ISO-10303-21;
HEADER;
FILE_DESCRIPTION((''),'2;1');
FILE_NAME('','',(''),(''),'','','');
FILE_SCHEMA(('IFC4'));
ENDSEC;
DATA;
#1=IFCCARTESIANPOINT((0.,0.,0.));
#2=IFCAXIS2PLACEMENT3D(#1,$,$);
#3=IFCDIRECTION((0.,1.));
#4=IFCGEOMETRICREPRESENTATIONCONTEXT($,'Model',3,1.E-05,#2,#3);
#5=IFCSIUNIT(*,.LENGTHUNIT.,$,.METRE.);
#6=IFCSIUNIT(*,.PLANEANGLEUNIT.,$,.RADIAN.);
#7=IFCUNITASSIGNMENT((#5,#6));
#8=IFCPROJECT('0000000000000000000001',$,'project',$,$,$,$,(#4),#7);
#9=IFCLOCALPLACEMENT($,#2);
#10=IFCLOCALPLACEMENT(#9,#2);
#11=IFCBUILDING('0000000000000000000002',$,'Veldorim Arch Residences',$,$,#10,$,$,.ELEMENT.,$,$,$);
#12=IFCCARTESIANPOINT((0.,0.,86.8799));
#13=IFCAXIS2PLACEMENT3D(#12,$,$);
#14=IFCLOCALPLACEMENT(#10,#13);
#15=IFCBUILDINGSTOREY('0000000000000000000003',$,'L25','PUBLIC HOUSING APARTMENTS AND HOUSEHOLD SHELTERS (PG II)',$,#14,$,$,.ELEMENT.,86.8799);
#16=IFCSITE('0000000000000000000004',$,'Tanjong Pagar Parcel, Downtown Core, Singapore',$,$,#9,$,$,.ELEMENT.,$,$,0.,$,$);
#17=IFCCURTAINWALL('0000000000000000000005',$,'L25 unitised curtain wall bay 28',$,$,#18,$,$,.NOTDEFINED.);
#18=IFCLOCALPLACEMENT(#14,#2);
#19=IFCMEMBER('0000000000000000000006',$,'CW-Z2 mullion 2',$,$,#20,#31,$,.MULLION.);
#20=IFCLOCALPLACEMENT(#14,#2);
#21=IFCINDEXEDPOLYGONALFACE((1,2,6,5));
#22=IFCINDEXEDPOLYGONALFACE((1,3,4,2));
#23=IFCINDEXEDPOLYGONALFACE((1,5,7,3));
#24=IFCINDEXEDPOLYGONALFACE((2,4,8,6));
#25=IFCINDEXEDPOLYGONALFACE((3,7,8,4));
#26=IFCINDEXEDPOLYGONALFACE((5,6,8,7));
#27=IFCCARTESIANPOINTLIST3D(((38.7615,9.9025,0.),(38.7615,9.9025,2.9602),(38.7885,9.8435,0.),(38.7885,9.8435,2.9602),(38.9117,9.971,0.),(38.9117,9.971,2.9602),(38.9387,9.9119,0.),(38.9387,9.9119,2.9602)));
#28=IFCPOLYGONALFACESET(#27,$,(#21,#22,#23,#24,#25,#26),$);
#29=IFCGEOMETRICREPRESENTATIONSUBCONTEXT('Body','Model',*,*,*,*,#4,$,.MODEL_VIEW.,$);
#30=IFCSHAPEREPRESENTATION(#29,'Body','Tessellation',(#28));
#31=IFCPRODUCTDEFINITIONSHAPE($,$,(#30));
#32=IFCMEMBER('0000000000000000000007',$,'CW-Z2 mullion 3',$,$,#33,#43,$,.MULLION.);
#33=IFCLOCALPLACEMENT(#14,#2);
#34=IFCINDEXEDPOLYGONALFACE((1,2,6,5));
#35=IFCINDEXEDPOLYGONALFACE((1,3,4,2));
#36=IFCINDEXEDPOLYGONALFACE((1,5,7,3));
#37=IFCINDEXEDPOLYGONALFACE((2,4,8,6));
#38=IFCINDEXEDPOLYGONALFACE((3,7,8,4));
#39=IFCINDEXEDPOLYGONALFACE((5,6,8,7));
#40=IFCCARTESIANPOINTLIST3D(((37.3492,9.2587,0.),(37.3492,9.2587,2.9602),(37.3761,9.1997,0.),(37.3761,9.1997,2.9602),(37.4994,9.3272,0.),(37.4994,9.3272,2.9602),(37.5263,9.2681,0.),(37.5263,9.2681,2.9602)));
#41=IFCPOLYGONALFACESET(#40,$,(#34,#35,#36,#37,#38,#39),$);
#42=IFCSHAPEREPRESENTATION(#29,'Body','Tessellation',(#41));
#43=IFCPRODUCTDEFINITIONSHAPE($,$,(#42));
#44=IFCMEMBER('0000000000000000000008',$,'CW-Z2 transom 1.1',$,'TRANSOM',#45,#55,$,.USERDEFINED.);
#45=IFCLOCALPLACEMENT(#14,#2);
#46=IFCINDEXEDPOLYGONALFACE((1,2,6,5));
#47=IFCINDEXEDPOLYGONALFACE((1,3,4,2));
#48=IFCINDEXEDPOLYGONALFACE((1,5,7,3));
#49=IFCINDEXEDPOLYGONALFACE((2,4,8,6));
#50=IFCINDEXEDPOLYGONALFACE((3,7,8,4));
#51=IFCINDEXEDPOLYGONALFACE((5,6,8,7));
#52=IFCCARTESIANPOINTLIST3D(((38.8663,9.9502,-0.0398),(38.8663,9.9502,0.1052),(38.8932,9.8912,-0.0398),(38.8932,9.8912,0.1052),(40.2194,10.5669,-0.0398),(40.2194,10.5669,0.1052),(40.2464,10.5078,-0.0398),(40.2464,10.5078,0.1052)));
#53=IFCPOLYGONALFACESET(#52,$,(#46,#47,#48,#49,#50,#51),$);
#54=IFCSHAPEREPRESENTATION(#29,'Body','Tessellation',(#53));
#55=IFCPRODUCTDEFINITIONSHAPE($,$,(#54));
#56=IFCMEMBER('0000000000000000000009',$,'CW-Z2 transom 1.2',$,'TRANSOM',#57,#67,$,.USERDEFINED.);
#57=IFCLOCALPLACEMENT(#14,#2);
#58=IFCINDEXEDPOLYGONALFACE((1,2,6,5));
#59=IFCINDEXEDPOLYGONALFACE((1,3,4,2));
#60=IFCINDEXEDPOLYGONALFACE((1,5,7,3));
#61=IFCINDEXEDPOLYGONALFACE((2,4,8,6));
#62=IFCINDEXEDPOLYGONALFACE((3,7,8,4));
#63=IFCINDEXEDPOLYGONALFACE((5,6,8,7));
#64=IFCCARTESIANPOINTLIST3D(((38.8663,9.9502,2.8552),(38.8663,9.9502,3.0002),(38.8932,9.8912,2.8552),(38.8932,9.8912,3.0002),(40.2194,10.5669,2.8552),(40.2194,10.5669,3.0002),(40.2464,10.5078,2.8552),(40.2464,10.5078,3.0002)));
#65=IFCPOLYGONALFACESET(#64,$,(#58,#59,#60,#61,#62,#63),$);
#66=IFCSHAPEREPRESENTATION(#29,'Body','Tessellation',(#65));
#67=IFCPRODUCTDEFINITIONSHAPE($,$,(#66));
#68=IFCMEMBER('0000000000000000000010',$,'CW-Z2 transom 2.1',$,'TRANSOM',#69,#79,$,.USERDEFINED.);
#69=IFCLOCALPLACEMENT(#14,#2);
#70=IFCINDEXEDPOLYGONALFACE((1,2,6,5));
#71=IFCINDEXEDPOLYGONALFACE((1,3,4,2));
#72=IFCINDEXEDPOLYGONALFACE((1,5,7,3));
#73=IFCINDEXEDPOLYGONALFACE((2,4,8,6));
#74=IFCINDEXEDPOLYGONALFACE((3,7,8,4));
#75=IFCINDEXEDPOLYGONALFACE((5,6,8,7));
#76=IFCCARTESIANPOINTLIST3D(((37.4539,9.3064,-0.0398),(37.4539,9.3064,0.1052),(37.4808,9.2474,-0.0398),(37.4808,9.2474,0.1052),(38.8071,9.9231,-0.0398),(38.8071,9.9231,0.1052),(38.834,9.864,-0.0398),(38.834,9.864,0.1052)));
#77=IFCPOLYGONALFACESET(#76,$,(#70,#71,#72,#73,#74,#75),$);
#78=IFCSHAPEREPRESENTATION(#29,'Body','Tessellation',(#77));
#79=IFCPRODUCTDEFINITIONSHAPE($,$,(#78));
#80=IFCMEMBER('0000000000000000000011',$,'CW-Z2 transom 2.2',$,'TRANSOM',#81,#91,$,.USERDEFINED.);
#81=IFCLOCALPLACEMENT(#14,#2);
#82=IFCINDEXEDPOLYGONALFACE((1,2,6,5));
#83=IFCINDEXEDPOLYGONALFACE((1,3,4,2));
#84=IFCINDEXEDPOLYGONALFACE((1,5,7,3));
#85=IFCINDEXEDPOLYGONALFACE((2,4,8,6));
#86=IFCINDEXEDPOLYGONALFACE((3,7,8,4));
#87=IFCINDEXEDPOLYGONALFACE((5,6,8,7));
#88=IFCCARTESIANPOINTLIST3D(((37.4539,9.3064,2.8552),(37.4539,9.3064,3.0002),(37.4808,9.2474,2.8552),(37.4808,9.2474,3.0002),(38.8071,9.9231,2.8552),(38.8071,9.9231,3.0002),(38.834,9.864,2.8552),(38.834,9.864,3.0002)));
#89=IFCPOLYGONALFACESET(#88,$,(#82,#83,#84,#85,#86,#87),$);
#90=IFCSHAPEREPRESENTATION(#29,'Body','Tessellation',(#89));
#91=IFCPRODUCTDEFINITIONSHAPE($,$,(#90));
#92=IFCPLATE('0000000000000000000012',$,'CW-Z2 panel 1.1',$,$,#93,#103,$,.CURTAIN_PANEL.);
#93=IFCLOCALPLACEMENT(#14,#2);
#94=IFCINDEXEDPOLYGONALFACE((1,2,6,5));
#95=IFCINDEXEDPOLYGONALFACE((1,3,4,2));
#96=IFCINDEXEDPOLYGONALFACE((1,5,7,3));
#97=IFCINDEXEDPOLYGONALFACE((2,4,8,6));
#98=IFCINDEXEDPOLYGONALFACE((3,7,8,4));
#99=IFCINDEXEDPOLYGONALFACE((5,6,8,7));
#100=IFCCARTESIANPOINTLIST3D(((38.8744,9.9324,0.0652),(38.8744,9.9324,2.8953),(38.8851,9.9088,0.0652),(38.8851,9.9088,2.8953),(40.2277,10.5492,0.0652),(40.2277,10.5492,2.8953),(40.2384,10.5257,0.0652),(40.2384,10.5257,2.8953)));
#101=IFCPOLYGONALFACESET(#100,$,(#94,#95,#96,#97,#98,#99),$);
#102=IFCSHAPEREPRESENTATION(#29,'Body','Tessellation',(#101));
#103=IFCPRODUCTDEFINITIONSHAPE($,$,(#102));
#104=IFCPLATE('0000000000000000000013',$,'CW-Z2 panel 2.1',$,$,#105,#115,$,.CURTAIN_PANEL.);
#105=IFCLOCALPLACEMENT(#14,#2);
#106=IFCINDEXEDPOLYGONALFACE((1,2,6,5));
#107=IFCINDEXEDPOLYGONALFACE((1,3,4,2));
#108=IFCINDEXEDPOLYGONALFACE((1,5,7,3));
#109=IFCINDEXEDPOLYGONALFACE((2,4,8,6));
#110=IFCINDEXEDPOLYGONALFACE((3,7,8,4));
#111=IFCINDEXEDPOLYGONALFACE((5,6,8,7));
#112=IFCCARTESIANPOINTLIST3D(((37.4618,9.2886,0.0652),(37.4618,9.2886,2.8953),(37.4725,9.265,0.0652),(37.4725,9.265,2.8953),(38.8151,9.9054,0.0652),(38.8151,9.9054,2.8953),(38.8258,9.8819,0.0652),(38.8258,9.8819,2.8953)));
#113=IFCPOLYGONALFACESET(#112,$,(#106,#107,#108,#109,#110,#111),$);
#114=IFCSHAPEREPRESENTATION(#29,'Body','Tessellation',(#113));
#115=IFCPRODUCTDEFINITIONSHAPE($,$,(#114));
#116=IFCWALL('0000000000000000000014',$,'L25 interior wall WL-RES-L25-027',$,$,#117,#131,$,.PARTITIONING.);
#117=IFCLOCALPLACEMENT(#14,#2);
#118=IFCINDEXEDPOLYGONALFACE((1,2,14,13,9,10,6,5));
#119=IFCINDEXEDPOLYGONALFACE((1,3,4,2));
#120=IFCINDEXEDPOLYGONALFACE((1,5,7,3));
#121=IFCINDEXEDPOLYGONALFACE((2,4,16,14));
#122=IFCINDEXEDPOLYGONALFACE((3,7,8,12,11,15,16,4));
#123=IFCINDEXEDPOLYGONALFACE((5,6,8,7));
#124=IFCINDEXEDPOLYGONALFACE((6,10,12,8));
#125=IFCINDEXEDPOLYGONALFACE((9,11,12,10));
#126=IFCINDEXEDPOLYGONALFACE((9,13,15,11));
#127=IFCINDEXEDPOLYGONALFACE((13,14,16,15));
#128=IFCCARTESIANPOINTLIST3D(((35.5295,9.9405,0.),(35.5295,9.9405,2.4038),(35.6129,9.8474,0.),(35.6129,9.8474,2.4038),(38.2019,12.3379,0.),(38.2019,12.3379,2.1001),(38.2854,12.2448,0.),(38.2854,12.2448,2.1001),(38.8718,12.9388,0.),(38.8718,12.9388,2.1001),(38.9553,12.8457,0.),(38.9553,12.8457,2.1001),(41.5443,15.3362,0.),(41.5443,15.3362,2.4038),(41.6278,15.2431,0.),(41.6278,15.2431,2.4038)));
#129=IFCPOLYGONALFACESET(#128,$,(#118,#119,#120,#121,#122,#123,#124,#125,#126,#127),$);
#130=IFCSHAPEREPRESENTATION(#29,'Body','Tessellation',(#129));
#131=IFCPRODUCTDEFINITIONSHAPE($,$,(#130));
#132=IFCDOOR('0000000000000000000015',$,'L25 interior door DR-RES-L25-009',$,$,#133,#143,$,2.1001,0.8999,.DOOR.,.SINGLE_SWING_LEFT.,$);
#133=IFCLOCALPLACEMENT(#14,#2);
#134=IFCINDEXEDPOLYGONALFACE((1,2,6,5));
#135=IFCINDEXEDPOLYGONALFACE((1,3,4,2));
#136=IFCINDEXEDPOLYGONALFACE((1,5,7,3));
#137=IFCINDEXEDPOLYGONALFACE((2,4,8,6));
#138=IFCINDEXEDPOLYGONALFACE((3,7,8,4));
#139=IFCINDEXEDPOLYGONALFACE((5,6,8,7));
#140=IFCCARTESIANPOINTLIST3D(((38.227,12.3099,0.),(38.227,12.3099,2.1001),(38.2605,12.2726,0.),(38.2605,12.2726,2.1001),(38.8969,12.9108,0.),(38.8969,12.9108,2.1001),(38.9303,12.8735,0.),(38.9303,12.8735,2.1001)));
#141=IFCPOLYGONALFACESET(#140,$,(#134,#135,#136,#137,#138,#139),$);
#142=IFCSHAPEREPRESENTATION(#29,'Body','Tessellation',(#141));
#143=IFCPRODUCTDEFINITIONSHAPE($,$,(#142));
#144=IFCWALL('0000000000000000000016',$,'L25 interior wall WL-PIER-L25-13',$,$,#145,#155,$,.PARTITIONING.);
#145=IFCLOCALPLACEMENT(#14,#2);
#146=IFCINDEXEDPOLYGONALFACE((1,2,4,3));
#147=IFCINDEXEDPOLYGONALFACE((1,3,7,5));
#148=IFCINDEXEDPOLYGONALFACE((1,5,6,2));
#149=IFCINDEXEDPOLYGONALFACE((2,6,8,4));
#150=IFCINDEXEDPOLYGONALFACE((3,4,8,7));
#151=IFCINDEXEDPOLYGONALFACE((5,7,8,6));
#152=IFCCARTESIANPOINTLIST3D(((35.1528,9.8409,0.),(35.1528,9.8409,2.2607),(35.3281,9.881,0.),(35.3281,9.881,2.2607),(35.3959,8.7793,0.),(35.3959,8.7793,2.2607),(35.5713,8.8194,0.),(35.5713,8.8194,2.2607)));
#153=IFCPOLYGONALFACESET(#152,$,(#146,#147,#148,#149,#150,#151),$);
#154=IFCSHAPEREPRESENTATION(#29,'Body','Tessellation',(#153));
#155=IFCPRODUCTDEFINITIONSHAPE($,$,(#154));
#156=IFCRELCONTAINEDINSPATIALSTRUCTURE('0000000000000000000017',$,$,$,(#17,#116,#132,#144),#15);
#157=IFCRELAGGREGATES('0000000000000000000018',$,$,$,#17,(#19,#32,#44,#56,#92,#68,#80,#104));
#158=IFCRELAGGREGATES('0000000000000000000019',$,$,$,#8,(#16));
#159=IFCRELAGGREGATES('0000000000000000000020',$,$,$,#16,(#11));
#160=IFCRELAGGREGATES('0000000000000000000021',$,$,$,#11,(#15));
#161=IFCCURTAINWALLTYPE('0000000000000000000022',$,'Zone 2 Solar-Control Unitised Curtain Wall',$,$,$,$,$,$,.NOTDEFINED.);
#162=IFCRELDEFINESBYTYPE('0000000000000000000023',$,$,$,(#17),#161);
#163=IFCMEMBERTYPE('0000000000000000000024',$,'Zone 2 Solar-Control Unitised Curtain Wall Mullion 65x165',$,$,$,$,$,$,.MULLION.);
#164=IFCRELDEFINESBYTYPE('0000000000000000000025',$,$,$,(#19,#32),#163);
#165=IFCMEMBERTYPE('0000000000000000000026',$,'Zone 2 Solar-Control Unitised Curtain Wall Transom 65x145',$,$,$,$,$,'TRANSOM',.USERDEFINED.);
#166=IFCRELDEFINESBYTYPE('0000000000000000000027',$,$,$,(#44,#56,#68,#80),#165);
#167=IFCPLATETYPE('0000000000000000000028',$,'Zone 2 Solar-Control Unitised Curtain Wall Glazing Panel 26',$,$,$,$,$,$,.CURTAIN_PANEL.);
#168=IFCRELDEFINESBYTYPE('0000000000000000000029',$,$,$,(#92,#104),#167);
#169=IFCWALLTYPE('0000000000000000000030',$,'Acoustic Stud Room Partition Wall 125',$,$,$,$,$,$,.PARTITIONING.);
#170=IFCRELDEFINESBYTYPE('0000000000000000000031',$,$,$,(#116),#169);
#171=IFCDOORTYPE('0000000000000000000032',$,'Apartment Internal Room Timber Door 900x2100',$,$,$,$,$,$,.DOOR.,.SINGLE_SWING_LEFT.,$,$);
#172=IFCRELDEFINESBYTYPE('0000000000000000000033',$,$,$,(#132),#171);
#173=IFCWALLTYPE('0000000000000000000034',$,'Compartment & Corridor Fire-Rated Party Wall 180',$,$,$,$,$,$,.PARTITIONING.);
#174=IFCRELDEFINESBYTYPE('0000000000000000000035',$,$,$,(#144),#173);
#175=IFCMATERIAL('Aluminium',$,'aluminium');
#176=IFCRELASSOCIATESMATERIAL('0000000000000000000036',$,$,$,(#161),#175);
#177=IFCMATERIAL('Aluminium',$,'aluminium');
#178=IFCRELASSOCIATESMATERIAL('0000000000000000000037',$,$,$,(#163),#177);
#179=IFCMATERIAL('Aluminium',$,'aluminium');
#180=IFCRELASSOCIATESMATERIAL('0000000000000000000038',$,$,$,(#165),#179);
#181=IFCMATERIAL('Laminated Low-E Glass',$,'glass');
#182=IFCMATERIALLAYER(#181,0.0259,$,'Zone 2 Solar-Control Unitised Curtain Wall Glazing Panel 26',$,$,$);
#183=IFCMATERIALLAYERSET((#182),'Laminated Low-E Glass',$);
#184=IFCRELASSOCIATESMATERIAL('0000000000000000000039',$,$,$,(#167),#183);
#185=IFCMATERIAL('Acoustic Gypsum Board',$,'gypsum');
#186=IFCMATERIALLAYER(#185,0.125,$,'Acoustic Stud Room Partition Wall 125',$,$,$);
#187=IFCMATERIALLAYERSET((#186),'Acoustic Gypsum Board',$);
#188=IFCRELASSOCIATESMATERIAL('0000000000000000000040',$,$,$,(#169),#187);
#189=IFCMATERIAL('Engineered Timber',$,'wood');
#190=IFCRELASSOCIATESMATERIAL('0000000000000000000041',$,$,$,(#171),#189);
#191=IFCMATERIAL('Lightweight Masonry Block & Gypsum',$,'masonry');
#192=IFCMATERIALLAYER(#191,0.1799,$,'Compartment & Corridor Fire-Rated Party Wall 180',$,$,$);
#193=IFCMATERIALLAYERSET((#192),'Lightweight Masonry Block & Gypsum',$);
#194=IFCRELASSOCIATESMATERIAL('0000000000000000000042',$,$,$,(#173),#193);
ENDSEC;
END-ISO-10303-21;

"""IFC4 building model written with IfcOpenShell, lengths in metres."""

from ifc_helpers import new_model, si_unit, direction, frame, frame_2d, origin, origin_2d, place, context, subcontext, project, spatial, rectangle, extrude, material, layer, layer_set, material_profile, profile_set, type_object, element, fill, aggregate, save


model = new_model("IFC4")

# Units and contexts
model_context = context("Model", 3, precision=1e-05, world=origin(), true_north=direction((0.0, 1.0)))
body_context = subcontext(model_context, "Body", "Model", "MODEL_VIEW")
ifc_project = project(units=[si_unit("LENGTHUNIT", "METRE"), si_unit("PLANEANGLEUNIT", "RADIAN")], contexts=[model_context])

# Site, building, storey
site_placement = place(None, origin())
site = spatial("IfcSite", under=ifc_project, at=site_placement, Name="Tanjong Pagar Parcel, Downtown Core, Singapore", CompositionType="ELEMENT", RefElevation=0.0)
building_placement = place(site_placement, origin())
building = spatial("IfcBuilding", under=site, at=building_placement, Name="Veldorim Arch Residences", CompositionType="ELEMENT")
storey_placement = place(building_placement, frame((0.0, 0.0, 86.8799)))
storey = spatial("IfcBuildingStorey", under=building, at=storey_placement, Name="L25", Description="PUBLIC HOUSING APARTMENTS AND HOUSEHOLD SHELTERS (PG II)", CompositionType="ELEMENT", Elevation=86.8799)

# Curtain wall, members, plates
ifc_material_1 = material(Name="Aluminium", Category="aluminium")
curtain_wall_type = type_object("IfcCurtainWallType", Name="Zone 2 Solar-Control Unitised Curtain Wall", PredefinedType="NOTDEFINED", material=ifc_material_1)
curtain_wall_placement = place(storey_placement, origin())
curtain_wall = element("IfcCurtainWall", 1, at=curtain_wall_placement, inside=storey, type_object=curtain_wall_type, Name="L25 unitised curtain wall bay 28", PredefinedType="NOTDEFINED")
ifc_material_2 = material(Name="Aluminium", Category="aluminium")
ifc_material_profile_1 = material_profile(ifc_material_2, rectangle(XDim=0.0649, YDim=0.165, at=origin_2d()), Name="ALU_MUL_65x165")
ifc_profile_set_1 = profile_set([ifc_material_profile_1], Name="Aluminium")
member_type_1 = type_object("IfcMemberType", Name="Zone 2 Solar-Control Unitised Curtain Wall Mullion 65x165", PredefinedType="MULLION", material=ifc_profile_set_1)
member_1_placement = place(storey_placement, frame((38.8501, 9.9072, 0.0), z_axis=(0.0, 0.0, 1.0), x_axis=(0.414742, -0.909939, 0.0)))
member_1 = element("IfcMember", 2, at=member_1_placement, type_object=member_type_1, Name="CW-Z2 mullion 2", PredefinedType="MULLION", context=body_context, shape_type="SweptSolid", body=[
    extrude(rectangle(XDim=0.0649, YDim=0.165, at=origin_2d()), origin(), (0.0, 0.0, 1.0), 2.9602),
])
member_2_placement = place(storey_placement, frame((37.4377, 9.2634, 0.0), z_axis=(0.0, 0.0, 1.0), x_axis=(0.414742, -0.909939, 0.0)))
member_2 = element("IfcMember", 3, at=member_2_placement, type_object=member_type_1, Name="CW-Z2 mullion 3", PredefinedType="MULLION", context=body_context, shape_type="SweptSolid", body=[
    extrude(rectangle(XDim=0.0649, YDim=0.165, at=origin_2d()), origin(), (0.0, 0.0, 1.0), 2.9602),
])
ifc_material_3 = material(Name="Aluminium", Category="aluminium")
ifc_material_profile_2 = material_profile(ifc_material_3, rectangle(XDim=0.0649, YDim=0.145, at=origin_2d()), Name="ALU_TRN_65x145")
ifc_profile_set_2 = profile_set([ifc_material_profile_2], Name="Aluminium")
member_type_2 = type_object("IfcMemberType", Name="Zone 2 Solar-Control Unitised Curtain Wall Transom 65x145", ElementType="TRANSOM", PredefinedType="USERDEFINED", material=ifc_profile_set_2)
member_3_placement = place(storey_placement, frame((40.2329, 10.5374, 0.0327), z_axis=(-0.909967, -0.414681, 0.0), x_axis=(0.414681, -0.909967, 0.0)))
member_3 = element("IfcMember", 4, at=member_3_placement, type_object=member_type_2, Name="CW-Z2 transom 1.1", ObjectType="TRANSOM", PredefinedType="USERDEFINED", context=body_context, shape_type="SweptSolid", body=[
    extrude(rectangle(XDim=0.0649, YDim=0.145, at=origin_2d()), origin(), (0.0, 0.0, 1.0), 1.4871),
])
member_4_placement = place(storey_placement, frame((40.2329, 10.5374, 2.9277), z_axis=(-0.909967, -0.414681, 0.0), x_axis=(0.414681, -0.909967, 0.0)))
member_4 = element("IfcMember", 5, at=member_4_placement, type_object=member_type_2, Name="CW-Z2 transom 1.2", ObjectType="TRANSOM", PredefinedType="USERDEFINED", context=body_context, shape_type="SweptSolid", body=[
    extrude(rectangle(XDim=0.0649, YDim=0.145, at=origin_2d()), origin(), (0.0, 0.0, 1.0), 1.4871),
])
member_5_placement = place(storey_placement, frame((38.8206, 9.8936, 0.0327), z_axis=(-0.909967, -0.414681, 0.0), x_axis=(0.414681, -0.909967, 0.0)))
member_5 = element("IfcMember", 6, at=member_5_placement, type_object=member_type_2, Name="CW-Z2 transom 2.1", ObjectType="TRANSOM", PredefinedType="USERDEFINED", context=body_context, shape_type="SweptSolid", body=[
    extrude(rectangle(XDim=0.0649, YDim=0.145, at=origin_2d()), origin(), (0.0, 0.0, 1.0), 1.4871),
])
member_6_placement = place(storey_placement, frame((38.8206, 9.8936, 2.9277), z_axis=(-0.909967, -0.414681, 0.0), x_axis=(0.414681, -0.909967, 0.0)))
member_6 = element("IfcMember", 7, at=member_6_placement, type_object=member_type_2, Name="CW-Z2 transom 2.2", ObjectType="TRANSOM", PredefinedType="USERDEFINED", context=body_context, shape_type="SweptSolid", body=[
    extrude(rectangle(XDim=0.0649, YDim=0.145, at=origin_2d()), origin(), (0.0, 0.0, 1.0), 1.4871),
])
ifc_material_4 = material(Name="Laminated Low-E Glass", Category="glass")
ifc_layer_1 = layer(ifc_material_4, 0.0259, Name="Zone 2 Solar-Control Unitised Curtain Wall Glazing Panel 26")
ifc_layer_set_1 = layer_set([ifc_layer_1], Name="Laminated Low-E Glass")
plate_type = type_object("IfcPlateType", Name="Zone 2 Solar-Control Unitised Curtain Wall Glazing Panel 26", PredefinedType="CURTAIN_PANEL", material=ifc_layer_set_1)
plate_1_placement = place(storey_placement, frame((39.5564, 10.229, 0.0652), z_axis=(0.0, 0.0, 1.0), x_axis=(-0.909939, -0.414742, 0.0)))
plate_1 = element("IfcPlate", 8, at=plate_1_placement, type_object=plate_type, Name="CW-Z2 panel 1.1", PredefinedType="CURTAIN_PANEL", context=body_context, shape_type="SweptSolid", body=[
    extrude(rectangle(XDim=1.4873, YDim=0.0259, at=origin_2d()), origin(), (0.0, 0.0, 1.0), 2.8301),
])
plate_2_placement = place(storey_placement, frame((38.1438, 9.5852, 0.0652), z_axis=(0.0, 0.0, 1.0), x_axis=(-0.909939, -0.414742, 0.0)))
plate_2 = element("IfcPlate", 9, at=plate_2_placement, type_object=plate_type, Name="CW-Z2 panel 2.1", PredefinedType="CURTAIN_PANEL", context=body_context, shape_type="SweptSolid", body=[
    extrude(rectangle(XDim=1.4873, YDim=0.0259, at=origin_2d()), origin(), (0.0, 0.0, 1.0), 2.8301),
])
aggregate(curtain_wall, [member_1, member_2, member_3, member_4, plate_1, member_5, member_6, plate_2])

# Wall, opening, door
ifc_material_5 = material(Name="Acoustic Gypsum Board", Category="gypsum")
ifc_layer_2 = layer(ifc_material_5, 0.125, Name="Acoustic Stud Room Partition Wall 125")
ifc_layer_set_2 = layer_set([ifc_layer_2], Name="Acoustic Gypsum Board")
wall_type_1 = type_object("IfcWallType", Name="Acoustic Stud Room Partition Wall 125", PredefinedType="PARTITIONING", material=ifc_layer_set_2)
wall_1_placement = place(storey_placement, frame((35.5713, 9.894, 0.0), z_axis=(0.0, 0.0, 1.0), x_axis=(0.744379, 0.667757, 0.0)))
wall_1 = element("IfcWall", 10, at=wall_1_placement, inside=storey, type_object=wall_type_1, Name="L25 interior wall WL-RES-L25-027", PredefinedType="PARTITIONING", context=body_context, shape_type="SweptSolid", body=[
    extrude(rectangle(XDim=8.0803, YDim=0.125, at=frame_2d((4.04, 0.0))), origin(), (0.0, 0.0, 1.0), 2.4038),
])
opening_1_placement = place(wall_1_placement, frame((3.5901, 0.0, 0.0)))
opening_1 = element("IfcOpeningElement", 11, at=opening_1_placement, cuts=wall_1, PredefinedType="OPENING", context=body_context, shape_type="SweptSolid", body=[
    extrude(rectangle(XDim=0.8999, YDim=2.1001, at=frame_2d((0.45, 1.05))), frame((0.0, 0.0725, 0.0), z_axis=(0.0, -1.0, 0.0), x_axis=(1.0, 0.0, 0.0)), (0.0, 0.0, 1.0), 0.145),
])
ifc_material_6 = material(Name="Engineered Timber", Category="wood")
door_type_1 = type_object("IfcDoorType", Name="Apartment Internal Room Timber Door 900x2100", OperationType="SINGLE_SWING_LEFT", PredefinedType="DOOR", material=ifc_material_6)
door_1_placement = place(opening_1_placement, origin())
door_1 = element("IfcDoor", 12, at=door_1_placement, inside=storey, type_object=door_type_1, Name="L25 interior door DR-RES-L25-009", OperationType="SINGLE_SWING_LEFT", OverallHeight=2.1001, OverallWidth=0.8999, PredefinedType="DOOR", context=body_context, shape_type="SweptSolid", body=[
    extrude(rectangle(XDim=0.8999, YDim=2.1001, at=frame_2d((0.45, 1.05))), frame((0.0, 0.0249, 0.0), z_axis=(0.0, -1.0, 0.0), x_axis=(1.0, 0.0, 0.0)), (0.0, 0.0, 1.0), 0.05),
])
fill(opening_1, door_1)

# Wall
ifc_material_7 = material(Name="Lightweight Masonry Block & Gypsum", Category="masonry")
ifc_layer_3 = layer(ifc_material_7, 0.1799, Name="Compartment & Corridor Fire-Rated Party Wall 180")
ifc_layer_set_3 = layer_set([ifc_layer_3], Name="Lightweight Masonry Block & Gypsum")
wall_type_2 = type_object("IfcWallType", Name="Compartment & Corridor Fire-Rated Party Wall 180", PredefinedType="PARTITIONING", material=ifc_layer_set_3)
wall_2_placement = place(storey_placement, frame((35.2405, 9.8608, 0.0), z_axis=(0.0, 0.0, 1.0), x_axis=(0.223287, -0.974753, 0.0)))
element("IfcWall", 13, at=wall_2_placement, inside=storey, type_object=wall_type_2, Name="L25 interior wall WL-PIER-L25-13", PredefinedType="PARTITIONING", context=body_context, shape_type="SweptSolid", body=[
    extrude(rectangle(XDim=1.0891, YDim=0.1799, at=frame_2d((0.5444, 0.0))), origin(), (0.0, 0.0, 1.0), 2.2607),
])

save(model, "model.ifc")
